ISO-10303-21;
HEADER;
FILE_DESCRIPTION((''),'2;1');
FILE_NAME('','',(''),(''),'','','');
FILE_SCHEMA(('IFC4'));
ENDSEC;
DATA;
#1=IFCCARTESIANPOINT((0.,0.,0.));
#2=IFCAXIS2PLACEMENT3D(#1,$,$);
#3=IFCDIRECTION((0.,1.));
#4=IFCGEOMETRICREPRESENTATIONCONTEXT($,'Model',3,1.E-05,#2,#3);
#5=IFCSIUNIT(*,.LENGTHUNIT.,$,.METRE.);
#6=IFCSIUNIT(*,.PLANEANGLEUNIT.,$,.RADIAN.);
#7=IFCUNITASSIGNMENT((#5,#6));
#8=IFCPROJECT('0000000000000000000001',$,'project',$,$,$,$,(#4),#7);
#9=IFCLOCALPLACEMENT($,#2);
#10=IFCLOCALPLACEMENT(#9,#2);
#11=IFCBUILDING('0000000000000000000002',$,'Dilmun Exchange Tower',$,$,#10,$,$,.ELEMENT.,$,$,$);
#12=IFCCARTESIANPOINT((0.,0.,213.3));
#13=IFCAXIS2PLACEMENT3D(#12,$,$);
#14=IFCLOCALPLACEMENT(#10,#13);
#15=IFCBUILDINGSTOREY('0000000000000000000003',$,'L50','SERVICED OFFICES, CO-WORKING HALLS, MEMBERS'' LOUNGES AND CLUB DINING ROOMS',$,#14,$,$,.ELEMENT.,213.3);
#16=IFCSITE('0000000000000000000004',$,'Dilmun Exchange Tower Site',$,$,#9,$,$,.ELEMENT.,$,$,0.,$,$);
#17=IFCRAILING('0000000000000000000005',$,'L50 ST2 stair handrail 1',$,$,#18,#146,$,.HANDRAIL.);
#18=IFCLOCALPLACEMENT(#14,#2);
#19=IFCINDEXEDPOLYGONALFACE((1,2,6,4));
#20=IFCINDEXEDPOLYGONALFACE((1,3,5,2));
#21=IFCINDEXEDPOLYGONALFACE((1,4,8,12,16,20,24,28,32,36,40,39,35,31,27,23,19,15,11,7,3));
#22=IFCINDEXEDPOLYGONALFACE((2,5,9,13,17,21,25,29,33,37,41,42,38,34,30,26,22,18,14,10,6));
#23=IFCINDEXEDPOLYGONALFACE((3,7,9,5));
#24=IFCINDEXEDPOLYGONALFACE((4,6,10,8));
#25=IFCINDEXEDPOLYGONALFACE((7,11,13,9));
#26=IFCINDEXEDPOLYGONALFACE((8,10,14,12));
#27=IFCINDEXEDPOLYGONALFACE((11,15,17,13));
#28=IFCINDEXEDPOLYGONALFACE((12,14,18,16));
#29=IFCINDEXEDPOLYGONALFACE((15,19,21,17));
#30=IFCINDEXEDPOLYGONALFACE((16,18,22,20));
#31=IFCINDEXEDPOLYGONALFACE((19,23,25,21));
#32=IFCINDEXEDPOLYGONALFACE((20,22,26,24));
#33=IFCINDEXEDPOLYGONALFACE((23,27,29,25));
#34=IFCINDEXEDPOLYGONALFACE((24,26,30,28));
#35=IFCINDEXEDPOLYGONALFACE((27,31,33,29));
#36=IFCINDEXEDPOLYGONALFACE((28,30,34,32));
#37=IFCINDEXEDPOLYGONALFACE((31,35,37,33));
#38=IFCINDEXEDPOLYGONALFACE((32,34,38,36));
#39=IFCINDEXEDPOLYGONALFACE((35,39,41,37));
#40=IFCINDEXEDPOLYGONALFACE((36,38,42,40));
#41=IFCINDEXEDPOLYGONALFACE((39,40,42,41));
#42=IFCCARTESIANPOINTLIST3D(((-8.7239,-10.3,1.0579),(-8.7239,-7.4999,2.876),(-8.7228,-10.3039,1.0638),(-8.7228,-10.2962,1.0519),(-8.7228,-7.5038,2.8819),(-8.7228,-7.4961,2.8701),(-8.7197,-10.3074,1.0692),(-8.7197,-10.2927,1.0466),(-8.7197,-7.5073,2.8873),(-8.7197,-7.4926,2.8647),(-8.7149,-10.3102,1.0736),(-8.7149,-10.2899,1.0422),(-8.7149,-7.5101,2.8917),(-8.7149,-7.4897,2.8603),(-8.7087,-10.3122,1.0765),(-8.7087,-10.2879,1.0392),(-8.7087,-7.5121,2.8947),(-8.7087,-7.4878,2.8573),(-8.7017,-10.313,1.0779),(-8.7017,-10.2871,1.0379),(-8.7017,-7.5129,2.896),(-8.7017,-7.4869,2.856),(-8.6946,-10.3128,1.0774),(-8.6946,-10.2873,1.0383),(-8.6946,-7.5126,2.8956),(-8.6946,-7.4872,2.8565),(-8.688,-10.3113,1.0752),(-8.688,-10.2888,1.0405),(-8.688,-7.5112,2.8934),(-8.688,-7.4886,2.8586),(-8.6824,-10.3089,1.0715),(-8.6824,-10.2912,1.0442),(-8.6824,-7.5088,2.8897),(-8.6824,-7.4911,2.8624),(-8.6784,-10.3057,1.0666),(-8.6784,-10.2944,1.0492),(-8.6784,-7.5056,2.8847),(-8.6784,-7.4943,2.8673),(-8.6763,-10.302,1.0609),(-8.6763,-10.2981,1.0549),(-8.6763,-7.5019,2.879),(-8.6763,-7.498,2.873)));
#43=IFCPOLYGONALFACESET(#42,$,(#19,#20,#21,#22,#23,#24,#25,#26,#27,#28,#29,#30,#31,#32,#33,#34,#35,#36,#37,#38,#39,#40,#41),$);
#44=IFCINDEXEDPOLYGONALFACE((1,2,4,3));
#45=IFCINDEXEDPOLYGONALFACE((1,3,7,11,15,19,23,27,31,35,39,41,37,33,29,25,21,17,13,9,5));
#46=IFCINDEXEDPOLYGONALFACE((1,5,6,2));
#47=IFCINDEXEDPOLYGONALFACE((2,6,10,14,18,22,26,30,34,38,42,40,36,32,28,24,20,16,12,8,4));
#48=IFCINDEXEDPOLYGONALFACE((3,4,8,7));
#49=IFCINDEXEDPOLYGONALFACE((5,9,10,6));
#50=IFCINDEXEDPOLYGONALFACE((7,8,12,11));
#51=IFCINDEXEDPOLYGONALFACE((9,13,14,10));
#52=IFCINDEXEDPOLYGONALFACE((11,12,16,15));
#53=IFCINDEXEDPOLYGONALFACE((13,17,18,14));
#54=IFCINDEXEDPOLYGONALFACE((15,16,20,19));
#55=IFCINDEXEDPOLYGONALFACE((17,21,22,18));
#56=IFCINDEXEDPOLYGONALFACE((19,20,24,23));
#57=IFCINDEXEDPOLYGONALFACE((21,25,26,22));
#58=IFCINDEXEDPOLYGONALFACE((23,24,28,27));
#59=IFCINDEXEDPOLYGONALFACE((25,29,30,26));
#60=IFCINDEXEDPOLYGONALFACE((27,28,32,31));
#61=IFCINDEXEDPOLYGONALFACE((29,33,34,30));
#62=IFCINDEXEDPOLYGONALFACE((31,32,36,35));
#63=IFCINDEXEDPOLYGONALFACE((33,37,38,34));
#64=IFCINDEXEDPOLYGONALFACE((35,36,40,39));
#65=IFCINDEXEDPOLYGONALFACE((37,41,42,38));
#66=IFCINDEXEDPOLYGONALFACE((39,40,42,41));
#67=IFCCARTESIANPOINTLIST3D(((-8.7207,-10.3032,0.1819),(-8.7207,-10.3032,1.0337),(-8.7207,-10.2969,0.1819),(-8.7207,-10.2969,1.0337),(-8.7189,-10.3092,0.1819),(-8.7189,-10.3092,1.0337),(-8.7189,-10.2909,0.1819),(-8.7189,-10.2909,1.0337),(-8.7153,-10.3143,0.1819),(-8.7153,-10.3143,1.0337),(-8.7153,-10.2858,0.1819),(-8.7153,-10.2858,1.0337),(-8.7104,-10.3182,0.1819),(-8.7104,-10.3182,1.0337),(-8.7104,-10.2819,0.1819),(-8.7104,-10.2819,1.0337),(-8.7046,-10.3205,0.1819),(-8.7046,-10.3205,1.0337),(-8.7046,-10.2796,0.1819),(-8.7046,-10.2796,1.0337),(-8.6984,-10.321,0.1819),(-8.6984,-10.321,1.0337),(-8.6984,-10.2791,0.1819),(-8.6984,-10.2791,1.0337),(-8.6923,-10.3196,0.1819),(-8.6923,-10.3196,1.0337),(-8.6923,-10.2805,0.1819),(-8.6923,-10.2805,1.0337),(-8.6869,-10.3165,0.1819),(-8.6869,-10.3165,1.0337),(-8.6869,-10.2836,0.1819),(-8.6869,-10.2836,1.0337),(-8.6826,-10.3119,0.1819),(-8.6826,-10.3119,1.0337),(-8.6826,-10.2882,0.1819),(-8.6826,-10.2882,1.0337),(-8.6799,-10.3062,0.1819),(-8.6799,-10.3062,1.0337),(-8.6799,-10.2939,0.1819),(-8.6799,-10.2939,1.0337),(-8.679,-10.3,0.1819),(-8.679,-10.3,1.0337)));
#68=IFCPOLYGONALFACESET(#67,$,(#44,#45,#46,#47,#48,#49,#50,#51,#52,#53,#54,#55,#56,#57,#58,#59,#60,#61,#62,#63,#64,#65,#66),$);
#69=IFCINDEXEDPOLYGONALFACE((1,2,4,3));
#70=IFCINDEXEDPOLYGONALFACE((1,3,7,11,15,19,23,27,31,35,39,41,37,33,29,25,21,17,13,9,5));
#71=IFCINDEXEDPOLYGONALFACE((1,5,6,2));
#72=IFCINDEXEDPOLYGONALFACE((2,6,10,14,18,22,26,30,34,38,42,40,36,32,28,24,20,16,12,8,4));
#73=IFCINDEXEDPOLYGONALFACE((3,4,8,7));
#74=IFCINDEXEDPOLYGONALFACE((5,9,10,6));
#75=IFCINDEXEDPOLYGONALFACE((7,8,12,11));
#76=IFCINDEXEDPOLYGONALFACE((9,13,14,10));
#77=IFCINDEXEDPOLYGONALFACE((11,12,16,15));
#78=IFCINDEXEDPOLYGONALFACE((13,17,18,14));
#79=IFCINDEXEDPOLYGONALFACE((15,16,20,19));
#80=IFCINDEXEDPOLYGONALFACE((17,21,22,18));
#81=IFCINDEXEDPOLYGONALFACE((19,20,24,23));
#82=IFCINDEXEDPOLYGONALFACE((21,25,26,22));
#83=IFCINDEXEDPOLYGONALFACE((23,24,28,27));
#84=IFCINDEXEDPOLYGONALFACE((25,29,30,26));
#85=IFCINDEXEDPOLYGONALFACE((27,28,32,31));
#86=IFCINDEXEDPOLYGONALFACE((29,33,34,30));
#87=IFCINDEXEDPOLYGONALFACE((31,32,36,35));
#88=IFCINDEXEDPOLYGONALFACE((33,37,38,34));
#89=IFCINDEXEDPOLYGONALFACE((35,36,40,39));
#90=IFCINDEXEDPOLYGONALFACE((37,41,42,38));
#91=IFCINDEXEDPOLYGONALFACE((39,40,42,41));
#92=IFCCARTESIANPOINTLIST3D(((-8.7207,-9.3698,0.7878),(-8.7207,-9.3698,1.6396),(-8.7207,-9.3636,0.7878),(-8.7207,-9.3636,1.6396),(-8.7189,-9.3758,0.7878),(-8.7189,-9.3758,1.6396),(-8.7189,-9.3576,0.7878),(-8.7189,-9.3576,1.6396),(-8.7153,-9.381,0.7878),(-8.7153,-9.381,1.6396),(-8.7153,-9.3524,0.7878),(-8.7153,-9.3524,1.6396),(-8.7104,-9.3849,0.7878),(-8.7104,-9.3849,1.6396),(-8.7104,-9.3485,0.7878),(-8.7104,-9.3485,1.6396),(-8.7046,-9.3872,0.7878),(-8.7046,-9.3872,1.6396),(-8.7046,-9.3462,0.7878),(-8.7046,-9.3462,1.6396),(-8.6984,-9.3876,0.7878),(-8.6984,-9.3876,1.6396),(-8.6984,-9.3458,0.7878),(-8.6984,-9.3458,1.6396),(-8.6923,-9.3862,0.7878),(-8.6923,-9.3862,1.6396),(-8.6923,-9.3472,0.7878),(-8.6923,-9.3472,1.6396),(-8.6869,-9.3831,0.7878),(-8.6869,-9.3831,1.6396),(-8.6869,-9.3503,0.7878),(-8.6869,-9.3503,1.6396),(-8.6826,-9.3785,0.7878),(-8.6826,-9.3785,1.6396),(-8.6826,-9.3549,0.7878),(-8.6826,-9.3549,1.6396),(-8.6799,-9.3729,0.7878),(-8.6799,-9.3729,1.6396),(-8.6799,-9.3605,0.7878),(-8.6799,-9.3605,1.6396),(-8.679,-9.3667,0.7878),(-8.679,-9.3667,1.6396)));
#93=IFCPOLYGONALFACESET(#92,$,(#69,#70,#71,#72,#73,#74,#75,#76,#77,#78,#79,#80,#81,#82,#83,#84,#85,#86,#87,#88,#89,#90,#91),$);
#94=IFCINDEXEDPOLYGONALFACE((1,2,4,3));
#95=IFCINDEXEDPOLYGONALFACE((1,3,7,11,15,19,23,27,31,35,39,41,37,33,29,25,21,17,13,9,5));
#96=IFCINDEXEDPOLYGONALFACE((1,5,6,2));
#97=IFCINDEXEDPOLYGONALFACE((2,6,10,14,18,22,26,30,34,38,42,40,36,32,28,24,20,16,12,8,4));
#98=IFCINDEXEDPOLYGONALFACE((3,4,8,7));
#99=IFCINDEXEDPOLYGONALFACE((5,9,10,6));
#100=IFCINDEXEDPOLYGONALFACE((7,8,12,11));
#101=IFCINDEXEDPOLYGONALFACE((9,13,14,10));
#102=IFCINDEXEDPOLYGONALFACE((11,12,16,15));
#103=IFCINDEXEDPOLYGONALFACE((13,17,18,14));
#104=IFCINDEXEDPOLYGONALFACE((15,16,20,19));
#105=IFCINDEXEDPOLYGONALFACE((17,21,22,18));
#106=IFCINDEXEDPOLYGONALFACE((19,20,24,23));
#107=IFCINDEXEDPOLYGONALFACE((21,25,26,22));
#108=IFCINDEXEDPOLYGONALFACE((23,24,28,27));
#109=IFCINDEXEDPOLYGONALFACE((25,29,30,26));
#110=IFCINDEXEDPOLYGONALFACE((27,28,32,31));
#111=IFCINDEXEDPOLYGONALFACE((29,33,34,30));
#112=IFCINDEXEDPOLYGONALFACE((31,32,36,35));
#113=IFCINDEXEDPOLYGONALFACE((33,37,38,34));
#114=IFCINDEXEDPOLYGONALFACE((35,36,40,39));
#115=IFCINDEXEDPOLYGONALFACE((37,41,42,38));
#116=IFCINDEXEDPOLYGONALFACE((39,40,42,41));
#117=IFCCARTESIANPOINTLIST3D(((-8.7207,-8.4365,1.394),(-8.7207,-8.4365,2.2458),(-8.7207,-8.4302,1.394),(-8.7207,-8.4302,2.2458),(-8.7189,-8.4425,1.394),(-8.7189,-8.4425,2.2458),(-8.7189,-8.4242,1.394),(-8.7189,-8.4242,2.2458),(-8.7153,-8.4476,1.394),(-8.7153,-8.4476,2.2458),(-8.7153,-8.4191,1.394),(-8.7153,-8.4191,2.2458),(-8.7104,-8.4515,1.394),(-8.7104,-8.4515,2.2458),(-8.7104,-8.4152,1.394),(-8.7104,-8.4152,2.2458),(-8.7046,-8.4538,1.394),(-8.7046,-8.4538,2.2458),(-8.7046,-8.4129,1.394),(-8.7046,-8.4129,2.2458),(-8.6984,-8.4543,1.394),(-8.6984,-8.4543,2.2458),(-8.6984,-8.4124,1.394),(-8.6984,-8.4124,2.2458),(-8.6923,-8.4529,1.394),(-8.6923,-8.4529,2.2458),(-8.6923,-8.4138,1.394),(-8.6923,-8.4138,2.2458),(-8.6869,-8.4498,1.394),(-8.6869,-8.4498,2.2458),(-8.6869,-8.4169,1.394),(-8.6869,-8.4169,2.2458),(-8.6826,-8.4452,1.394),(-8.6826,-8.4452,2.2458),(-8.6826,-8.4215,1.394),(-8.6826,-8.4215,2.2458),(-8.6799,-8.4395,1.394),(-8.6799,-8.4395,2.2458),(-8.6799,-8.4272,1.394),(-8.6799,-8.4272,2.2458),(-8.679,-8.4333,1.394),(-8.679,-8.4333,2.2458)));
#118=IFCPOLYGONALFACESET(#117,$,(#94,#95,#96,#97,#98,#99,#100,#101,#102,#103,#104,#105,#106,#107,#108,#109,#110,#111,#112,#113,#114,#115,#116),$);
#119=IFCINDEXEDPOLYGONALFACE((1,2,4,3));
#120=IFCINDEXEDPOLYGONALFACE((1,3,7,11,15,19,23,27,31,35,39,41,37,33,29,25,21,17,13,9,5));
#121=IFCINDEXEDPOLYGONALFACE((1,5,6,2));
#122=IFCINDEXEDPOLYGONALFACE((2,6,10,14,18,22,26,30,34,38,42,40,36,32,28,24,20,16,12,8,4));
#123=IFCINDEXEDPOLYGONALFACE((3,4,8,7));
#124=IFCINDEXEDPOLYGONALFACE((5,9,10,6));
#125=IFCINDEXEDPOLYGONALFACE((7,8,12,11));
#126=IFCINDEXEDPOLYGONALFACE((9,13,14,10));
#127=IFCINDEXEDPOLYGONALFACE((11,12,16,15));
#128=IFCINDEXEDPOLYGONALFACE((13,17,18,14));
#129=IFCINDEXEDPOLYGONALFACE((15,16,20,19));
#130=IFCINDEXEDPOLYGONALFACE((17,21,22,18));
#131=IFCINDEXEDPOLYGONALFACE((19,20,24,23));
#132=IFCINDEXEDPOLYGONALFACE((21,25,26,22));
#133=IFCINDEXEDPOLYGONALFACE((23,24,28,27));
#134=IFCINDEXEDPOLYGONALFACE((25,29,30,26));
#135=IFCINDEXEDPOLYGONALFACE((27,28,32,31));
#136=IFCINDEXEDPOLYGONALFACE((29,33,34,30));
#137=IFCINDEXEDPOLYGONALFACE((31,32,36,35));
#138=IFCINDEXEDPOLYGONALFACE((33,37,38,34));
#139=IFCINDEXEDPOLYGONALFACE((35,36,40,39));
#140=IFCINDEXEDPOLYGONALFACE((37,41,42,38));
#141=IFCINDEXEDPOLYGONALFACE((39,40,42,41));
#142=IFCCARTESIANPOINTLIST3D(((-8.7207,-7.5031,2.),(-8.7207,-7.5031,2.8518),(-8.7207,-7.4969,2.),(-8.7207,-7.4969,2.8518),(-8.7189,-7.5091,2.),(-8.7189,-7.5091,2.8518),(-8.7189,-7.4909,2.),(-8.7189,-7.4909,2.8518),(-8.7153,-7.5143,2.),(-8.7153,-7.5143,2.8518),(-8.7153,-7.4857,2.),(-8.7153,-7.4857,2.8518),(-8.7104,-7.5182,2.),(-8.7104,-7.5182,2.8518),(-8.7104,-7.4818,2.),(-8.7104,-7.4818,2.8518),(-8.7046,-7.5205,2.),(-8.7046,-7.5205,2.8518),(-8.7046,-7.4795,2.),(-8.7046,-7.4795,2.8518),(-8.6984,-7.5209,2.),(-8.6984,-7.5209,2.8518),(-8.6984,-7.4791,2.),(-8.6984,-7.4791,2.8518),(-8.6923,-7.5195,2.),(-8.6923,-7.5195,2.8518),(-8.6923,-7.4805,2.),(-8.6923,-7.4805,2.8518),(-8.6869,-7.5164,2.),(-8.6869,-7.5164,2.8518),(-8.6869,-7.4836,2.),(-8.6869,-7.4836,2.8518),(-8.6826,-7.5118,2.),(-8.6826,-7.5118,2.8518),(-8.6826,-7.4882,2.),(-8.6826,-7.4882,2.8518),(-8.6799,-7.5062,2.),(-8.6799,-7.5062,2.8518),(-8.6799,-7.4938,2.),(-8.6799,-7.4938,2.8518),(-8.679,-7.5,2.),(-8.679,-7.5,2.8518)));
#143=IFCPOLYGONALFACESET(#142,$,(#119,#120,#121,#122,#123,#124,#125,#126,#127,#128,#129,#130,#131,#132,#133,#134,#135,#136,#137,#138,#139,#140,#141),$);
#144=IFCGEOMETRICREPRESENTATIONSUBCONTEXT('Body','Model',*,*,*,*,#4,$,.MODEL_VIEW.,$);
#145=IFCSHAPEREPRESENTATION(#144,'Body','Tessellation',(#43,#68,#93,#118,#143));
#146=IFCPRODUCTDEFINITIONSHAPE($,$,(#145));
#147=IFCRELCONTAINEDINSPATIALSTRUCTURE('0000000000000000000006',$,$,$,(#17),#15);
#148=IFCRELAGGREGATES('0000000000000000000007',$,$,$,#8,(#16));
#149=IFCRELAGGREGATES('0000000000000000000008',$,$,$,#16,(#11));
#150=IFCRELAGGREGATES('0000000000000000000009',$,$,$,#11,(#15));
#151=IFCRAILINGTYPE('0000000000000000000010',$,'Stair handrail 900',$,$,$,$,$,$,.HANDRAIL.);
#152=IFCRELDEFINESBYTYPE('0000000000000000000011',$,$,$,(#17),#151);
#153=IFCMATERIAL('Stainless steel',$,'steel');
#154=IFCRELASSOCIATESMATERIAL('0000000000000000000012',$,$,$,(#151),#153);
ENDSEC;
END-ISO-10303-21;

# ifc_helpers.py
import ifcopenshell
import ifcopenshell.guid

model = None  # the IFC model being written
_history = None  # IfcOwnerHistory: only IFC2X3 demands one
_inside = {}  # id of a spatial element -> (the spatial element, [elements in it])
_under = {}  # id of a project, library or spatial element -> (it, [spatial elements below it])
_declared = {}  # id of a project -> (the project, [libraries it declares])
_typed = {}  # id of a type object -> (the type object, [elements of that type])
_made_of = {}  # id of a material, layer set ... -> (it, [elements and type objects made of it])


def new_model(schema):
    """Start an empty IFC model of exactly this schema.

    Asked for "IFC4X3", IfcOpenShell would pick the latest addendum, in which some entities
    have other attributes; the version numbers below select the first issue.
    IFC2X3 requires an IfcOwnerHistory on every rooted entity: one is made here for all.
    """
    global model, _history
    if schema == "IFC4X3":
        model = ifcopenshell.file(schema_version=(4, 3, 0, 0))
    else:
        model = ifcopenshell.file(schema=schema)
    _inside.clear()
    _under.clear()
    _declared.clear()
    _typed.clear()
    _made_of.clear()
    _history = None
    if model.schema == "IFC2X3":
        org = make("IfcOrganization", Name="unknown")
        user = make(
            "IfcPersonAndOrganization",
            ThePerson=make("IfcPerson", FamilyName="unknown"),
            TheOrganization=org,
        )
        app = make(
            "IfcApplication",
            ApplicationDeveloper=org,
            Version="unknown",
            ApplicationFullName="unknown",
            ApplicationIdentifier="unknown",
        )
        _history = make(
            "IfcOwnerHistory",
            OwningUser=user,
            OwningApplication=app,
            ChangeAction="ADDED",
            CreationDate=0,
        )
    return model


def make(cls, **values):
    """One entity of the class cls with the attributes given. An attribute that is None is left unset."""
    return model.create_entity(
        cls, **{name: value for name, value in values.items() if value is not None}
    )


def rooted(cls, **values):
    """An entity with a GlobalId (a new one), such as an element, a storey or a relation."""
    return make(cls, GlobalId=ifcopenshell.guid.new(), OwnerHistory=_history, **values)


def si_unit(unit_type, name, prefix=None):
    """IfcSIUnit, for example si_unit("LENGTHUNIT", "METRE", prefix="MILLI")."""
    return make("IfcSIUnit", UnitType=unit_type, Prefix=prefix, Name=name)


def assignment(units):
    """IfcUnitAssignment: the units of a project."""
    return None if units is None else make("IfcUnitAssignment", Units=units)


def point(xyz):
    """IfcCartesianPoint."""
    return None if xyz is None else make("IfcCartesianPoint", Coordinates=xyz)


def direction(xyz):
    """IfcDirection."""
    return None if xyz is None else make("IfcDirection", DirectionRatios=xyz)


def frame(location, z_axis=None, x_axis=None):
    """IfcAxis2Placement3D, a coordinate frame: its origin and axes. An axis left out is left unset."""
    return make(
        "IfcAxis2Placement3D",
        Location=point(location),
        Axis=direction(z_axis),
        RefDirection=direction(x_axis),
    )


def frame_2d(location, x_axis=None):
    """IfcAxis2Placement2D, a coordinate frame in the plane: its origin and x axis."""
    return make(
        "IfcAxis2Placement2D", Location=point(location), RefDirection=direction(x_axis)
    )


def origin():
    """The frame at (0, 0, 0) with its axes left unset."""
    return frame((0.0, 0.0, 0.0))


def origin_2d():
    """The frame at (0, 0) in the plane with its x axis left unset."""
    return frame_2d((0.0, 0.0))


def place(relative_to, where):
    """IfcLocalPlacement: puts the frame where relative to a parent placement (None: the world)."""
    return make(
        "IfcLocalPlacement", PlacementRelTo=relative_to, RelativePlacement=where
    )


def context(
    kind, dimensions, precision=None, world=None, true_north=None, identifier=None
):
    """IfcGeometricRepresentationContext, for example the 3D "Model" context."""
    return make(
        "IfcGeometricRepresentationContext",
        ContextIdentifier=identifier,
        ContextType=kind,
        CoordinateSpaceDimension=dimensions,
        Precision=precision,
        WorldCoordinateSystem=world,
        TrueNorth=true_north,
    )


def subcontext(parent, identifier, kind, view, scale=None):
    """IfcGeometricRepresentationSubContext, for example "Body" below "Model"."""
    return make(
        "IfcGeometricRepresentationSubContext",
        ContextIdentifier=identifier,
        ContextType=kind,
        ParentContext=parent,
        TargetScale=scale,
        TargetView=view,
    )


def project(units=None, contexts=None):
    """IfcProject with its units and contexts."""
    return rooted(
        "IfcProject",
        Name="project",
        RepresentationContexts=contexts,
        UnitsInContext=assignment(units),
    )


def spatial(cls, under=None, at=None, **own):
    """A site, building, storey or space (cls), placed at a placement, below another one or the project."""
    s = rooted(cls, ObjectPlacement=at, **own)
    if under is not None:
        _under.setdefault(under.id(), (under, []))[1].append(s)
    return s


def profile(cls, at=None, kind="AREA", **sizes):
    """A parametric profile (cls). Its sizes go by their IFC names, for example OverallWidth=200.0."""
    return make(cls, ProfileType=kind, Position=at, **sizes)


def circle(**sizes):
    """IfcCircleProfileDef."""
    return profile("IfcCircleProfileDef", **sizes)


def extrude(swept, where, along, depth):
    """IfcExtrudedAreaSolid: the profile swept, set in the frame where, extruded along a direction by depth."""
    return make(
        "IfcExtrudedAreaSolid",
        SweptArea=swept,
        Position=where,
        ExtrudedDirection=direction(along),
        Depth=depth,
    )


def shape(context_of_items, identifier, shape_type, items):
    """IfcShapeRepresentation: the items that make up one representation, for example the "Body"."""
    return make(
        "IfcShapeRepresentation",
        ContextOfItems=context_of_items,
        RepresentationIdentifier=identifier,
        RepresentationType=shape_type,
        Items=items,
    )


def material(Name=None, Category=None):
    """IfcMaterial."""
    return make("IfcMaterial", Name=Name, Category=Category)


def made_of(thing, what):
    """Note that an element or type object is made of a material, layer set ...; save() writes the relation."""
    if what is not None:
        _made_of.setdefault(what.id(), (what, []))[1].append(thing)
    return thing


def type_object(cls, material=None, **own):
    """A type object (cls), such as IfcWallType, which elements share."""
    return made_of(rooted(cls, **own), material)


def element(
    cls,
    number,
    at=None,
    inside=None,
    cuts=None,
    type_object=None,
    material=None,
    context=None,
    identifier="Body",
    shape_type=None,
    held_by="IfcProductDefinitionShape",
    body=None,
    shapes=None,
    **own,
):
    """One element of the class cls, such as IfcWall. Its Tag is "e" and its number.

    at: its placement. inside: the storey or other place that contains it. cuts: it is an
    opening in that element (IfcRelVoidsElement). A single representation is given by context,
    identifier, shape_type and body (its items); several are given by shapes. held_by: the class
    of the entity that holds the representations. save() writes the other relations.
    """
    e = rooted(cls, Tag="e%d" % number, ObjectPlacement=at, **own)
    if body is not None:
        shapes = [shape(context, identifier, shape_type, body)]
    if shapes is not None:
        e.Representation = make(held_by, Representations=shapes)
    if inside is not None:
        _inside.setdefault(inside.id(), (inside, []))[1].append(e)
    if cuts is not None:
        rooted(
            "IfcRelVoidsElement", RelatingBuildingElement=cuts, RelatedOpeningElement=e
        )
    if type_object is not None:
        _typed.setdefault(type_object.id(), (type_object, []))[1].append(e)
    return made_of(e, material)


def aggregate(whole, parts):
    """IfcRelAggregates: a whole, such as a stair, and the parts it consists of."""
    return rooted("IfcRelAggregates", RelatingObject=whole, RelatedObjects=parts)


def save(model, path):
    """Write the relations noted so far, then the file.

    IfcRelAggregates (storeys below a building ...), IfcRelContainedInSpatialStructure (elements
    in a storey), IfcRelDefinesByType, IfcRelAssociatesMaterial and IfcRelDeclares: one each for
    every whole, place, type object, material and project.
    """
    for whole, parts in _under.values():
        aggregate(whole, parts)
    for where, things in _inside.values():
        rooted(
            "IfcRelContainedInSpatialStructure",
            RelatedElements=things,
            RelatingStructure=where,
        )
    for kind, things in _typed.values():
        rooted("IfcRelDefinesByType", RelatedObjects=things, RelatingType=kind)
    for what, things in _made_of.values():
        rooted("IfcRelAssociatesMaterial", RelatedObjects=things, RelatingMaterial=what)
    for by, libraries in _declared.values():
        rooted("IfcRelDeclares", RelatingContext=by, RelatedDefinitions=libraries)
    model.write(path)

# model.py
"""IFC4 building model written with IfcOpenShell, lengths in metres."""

from ifc_helpers import new_model, si_unit, direction, frame, origin, origin_2d, place, context, subcontext, project, spatial, circle, extrude, material, type_object, element, save


model = new_model("IFC4")

# Units and contexts
model_context = context("Model", 3, precision=1e-05, world=origin(), true_north=direction((0.0, 1.0)))
body_context = subcontext(model_context, "Body", "Model", "MODEL_VIEW")
ifc_project = project(units=[si_unit("LENGTHUNIT", "METRE"), si_unit("PLANEANGLEUNIT", "RADIAN")], contexts=[model_context])

# Site, building, storey
site_placement = place(None, origin())
site = spatial("IfcSite", under=ifc_project, at=site_placement, Name="Dilmun Exchange Tower Site", CompositionType="ELEMENT", RefElevation=0.0)
building_placement = place(site_placement, origin())
building = spatial("IfcBuilding", under=site, at=building_placement, Name="Dilmun Exchange Tower", CompositionType="ELEMENT")
storey_placement = place(building_placement, frame((0.0, 0.0, 213.3)))
storey = spatial("IfcBuildingStorey", under=building, at=storey_placement, Name="L50", Description="SERVICED OFFICES, CO-WORKING HALLS, MEMBERS' LOUNGES AND CLUB DINING ROOMS", CompositionType="ELEMENT", Elevation=213.3)

# Railing
ifc_material_1 = material(Name="Stainless steel", Category="steel")
railing_type = type_object("IfcRailingType", Name="Stair handrail 900", PredefinedType="HANDRAIL", material=ifc_material_1)
railing_placement = place(storey_placement, frame((-8.7, -10.3, 0.1819)))
element("IfcRailing", 1, at=railing_placement, inside=storey, type_object=railing_type, Name="L50 ST2 stair handrail 1", PredefinedType="HANDRAIL", context=body_context, shape_type="SweptSolid", body=[
    extrude(circle(Radius=0.0239, at=origin_2d()), frame((0.0, 0.0, 0.876), z_axis=(0.0, 0.838706, 0.544585), x_axis=(-1.0, 0.0, 0.0)), (0.0, 0.0, 1.0), 3.3386),
    extrude(circle(Radius=0.021, at=origin_2d()), origin(), (0.0, 0.0, 1.0), 0.8518),
    extrude(circle(Radius=0.021, at=origin_2d()), frame((0.0, 0.9333, 0.606)), (0.0, 0.0, 1.0), 0.8518),
    extrude(circle(Radius=0.021, at=origin_2d()), frame((0.0, 1.8667, 1.2122)), (0.0, 0.0, 1.0), 0.8518),
    extrude(circle(Radius=0.021, at=origin_2d()), frame((0.0, 2.8, 1.8181)), (0.0, 0.0, 1.0), 0.8518),
])

save(model, "model.ifc")
